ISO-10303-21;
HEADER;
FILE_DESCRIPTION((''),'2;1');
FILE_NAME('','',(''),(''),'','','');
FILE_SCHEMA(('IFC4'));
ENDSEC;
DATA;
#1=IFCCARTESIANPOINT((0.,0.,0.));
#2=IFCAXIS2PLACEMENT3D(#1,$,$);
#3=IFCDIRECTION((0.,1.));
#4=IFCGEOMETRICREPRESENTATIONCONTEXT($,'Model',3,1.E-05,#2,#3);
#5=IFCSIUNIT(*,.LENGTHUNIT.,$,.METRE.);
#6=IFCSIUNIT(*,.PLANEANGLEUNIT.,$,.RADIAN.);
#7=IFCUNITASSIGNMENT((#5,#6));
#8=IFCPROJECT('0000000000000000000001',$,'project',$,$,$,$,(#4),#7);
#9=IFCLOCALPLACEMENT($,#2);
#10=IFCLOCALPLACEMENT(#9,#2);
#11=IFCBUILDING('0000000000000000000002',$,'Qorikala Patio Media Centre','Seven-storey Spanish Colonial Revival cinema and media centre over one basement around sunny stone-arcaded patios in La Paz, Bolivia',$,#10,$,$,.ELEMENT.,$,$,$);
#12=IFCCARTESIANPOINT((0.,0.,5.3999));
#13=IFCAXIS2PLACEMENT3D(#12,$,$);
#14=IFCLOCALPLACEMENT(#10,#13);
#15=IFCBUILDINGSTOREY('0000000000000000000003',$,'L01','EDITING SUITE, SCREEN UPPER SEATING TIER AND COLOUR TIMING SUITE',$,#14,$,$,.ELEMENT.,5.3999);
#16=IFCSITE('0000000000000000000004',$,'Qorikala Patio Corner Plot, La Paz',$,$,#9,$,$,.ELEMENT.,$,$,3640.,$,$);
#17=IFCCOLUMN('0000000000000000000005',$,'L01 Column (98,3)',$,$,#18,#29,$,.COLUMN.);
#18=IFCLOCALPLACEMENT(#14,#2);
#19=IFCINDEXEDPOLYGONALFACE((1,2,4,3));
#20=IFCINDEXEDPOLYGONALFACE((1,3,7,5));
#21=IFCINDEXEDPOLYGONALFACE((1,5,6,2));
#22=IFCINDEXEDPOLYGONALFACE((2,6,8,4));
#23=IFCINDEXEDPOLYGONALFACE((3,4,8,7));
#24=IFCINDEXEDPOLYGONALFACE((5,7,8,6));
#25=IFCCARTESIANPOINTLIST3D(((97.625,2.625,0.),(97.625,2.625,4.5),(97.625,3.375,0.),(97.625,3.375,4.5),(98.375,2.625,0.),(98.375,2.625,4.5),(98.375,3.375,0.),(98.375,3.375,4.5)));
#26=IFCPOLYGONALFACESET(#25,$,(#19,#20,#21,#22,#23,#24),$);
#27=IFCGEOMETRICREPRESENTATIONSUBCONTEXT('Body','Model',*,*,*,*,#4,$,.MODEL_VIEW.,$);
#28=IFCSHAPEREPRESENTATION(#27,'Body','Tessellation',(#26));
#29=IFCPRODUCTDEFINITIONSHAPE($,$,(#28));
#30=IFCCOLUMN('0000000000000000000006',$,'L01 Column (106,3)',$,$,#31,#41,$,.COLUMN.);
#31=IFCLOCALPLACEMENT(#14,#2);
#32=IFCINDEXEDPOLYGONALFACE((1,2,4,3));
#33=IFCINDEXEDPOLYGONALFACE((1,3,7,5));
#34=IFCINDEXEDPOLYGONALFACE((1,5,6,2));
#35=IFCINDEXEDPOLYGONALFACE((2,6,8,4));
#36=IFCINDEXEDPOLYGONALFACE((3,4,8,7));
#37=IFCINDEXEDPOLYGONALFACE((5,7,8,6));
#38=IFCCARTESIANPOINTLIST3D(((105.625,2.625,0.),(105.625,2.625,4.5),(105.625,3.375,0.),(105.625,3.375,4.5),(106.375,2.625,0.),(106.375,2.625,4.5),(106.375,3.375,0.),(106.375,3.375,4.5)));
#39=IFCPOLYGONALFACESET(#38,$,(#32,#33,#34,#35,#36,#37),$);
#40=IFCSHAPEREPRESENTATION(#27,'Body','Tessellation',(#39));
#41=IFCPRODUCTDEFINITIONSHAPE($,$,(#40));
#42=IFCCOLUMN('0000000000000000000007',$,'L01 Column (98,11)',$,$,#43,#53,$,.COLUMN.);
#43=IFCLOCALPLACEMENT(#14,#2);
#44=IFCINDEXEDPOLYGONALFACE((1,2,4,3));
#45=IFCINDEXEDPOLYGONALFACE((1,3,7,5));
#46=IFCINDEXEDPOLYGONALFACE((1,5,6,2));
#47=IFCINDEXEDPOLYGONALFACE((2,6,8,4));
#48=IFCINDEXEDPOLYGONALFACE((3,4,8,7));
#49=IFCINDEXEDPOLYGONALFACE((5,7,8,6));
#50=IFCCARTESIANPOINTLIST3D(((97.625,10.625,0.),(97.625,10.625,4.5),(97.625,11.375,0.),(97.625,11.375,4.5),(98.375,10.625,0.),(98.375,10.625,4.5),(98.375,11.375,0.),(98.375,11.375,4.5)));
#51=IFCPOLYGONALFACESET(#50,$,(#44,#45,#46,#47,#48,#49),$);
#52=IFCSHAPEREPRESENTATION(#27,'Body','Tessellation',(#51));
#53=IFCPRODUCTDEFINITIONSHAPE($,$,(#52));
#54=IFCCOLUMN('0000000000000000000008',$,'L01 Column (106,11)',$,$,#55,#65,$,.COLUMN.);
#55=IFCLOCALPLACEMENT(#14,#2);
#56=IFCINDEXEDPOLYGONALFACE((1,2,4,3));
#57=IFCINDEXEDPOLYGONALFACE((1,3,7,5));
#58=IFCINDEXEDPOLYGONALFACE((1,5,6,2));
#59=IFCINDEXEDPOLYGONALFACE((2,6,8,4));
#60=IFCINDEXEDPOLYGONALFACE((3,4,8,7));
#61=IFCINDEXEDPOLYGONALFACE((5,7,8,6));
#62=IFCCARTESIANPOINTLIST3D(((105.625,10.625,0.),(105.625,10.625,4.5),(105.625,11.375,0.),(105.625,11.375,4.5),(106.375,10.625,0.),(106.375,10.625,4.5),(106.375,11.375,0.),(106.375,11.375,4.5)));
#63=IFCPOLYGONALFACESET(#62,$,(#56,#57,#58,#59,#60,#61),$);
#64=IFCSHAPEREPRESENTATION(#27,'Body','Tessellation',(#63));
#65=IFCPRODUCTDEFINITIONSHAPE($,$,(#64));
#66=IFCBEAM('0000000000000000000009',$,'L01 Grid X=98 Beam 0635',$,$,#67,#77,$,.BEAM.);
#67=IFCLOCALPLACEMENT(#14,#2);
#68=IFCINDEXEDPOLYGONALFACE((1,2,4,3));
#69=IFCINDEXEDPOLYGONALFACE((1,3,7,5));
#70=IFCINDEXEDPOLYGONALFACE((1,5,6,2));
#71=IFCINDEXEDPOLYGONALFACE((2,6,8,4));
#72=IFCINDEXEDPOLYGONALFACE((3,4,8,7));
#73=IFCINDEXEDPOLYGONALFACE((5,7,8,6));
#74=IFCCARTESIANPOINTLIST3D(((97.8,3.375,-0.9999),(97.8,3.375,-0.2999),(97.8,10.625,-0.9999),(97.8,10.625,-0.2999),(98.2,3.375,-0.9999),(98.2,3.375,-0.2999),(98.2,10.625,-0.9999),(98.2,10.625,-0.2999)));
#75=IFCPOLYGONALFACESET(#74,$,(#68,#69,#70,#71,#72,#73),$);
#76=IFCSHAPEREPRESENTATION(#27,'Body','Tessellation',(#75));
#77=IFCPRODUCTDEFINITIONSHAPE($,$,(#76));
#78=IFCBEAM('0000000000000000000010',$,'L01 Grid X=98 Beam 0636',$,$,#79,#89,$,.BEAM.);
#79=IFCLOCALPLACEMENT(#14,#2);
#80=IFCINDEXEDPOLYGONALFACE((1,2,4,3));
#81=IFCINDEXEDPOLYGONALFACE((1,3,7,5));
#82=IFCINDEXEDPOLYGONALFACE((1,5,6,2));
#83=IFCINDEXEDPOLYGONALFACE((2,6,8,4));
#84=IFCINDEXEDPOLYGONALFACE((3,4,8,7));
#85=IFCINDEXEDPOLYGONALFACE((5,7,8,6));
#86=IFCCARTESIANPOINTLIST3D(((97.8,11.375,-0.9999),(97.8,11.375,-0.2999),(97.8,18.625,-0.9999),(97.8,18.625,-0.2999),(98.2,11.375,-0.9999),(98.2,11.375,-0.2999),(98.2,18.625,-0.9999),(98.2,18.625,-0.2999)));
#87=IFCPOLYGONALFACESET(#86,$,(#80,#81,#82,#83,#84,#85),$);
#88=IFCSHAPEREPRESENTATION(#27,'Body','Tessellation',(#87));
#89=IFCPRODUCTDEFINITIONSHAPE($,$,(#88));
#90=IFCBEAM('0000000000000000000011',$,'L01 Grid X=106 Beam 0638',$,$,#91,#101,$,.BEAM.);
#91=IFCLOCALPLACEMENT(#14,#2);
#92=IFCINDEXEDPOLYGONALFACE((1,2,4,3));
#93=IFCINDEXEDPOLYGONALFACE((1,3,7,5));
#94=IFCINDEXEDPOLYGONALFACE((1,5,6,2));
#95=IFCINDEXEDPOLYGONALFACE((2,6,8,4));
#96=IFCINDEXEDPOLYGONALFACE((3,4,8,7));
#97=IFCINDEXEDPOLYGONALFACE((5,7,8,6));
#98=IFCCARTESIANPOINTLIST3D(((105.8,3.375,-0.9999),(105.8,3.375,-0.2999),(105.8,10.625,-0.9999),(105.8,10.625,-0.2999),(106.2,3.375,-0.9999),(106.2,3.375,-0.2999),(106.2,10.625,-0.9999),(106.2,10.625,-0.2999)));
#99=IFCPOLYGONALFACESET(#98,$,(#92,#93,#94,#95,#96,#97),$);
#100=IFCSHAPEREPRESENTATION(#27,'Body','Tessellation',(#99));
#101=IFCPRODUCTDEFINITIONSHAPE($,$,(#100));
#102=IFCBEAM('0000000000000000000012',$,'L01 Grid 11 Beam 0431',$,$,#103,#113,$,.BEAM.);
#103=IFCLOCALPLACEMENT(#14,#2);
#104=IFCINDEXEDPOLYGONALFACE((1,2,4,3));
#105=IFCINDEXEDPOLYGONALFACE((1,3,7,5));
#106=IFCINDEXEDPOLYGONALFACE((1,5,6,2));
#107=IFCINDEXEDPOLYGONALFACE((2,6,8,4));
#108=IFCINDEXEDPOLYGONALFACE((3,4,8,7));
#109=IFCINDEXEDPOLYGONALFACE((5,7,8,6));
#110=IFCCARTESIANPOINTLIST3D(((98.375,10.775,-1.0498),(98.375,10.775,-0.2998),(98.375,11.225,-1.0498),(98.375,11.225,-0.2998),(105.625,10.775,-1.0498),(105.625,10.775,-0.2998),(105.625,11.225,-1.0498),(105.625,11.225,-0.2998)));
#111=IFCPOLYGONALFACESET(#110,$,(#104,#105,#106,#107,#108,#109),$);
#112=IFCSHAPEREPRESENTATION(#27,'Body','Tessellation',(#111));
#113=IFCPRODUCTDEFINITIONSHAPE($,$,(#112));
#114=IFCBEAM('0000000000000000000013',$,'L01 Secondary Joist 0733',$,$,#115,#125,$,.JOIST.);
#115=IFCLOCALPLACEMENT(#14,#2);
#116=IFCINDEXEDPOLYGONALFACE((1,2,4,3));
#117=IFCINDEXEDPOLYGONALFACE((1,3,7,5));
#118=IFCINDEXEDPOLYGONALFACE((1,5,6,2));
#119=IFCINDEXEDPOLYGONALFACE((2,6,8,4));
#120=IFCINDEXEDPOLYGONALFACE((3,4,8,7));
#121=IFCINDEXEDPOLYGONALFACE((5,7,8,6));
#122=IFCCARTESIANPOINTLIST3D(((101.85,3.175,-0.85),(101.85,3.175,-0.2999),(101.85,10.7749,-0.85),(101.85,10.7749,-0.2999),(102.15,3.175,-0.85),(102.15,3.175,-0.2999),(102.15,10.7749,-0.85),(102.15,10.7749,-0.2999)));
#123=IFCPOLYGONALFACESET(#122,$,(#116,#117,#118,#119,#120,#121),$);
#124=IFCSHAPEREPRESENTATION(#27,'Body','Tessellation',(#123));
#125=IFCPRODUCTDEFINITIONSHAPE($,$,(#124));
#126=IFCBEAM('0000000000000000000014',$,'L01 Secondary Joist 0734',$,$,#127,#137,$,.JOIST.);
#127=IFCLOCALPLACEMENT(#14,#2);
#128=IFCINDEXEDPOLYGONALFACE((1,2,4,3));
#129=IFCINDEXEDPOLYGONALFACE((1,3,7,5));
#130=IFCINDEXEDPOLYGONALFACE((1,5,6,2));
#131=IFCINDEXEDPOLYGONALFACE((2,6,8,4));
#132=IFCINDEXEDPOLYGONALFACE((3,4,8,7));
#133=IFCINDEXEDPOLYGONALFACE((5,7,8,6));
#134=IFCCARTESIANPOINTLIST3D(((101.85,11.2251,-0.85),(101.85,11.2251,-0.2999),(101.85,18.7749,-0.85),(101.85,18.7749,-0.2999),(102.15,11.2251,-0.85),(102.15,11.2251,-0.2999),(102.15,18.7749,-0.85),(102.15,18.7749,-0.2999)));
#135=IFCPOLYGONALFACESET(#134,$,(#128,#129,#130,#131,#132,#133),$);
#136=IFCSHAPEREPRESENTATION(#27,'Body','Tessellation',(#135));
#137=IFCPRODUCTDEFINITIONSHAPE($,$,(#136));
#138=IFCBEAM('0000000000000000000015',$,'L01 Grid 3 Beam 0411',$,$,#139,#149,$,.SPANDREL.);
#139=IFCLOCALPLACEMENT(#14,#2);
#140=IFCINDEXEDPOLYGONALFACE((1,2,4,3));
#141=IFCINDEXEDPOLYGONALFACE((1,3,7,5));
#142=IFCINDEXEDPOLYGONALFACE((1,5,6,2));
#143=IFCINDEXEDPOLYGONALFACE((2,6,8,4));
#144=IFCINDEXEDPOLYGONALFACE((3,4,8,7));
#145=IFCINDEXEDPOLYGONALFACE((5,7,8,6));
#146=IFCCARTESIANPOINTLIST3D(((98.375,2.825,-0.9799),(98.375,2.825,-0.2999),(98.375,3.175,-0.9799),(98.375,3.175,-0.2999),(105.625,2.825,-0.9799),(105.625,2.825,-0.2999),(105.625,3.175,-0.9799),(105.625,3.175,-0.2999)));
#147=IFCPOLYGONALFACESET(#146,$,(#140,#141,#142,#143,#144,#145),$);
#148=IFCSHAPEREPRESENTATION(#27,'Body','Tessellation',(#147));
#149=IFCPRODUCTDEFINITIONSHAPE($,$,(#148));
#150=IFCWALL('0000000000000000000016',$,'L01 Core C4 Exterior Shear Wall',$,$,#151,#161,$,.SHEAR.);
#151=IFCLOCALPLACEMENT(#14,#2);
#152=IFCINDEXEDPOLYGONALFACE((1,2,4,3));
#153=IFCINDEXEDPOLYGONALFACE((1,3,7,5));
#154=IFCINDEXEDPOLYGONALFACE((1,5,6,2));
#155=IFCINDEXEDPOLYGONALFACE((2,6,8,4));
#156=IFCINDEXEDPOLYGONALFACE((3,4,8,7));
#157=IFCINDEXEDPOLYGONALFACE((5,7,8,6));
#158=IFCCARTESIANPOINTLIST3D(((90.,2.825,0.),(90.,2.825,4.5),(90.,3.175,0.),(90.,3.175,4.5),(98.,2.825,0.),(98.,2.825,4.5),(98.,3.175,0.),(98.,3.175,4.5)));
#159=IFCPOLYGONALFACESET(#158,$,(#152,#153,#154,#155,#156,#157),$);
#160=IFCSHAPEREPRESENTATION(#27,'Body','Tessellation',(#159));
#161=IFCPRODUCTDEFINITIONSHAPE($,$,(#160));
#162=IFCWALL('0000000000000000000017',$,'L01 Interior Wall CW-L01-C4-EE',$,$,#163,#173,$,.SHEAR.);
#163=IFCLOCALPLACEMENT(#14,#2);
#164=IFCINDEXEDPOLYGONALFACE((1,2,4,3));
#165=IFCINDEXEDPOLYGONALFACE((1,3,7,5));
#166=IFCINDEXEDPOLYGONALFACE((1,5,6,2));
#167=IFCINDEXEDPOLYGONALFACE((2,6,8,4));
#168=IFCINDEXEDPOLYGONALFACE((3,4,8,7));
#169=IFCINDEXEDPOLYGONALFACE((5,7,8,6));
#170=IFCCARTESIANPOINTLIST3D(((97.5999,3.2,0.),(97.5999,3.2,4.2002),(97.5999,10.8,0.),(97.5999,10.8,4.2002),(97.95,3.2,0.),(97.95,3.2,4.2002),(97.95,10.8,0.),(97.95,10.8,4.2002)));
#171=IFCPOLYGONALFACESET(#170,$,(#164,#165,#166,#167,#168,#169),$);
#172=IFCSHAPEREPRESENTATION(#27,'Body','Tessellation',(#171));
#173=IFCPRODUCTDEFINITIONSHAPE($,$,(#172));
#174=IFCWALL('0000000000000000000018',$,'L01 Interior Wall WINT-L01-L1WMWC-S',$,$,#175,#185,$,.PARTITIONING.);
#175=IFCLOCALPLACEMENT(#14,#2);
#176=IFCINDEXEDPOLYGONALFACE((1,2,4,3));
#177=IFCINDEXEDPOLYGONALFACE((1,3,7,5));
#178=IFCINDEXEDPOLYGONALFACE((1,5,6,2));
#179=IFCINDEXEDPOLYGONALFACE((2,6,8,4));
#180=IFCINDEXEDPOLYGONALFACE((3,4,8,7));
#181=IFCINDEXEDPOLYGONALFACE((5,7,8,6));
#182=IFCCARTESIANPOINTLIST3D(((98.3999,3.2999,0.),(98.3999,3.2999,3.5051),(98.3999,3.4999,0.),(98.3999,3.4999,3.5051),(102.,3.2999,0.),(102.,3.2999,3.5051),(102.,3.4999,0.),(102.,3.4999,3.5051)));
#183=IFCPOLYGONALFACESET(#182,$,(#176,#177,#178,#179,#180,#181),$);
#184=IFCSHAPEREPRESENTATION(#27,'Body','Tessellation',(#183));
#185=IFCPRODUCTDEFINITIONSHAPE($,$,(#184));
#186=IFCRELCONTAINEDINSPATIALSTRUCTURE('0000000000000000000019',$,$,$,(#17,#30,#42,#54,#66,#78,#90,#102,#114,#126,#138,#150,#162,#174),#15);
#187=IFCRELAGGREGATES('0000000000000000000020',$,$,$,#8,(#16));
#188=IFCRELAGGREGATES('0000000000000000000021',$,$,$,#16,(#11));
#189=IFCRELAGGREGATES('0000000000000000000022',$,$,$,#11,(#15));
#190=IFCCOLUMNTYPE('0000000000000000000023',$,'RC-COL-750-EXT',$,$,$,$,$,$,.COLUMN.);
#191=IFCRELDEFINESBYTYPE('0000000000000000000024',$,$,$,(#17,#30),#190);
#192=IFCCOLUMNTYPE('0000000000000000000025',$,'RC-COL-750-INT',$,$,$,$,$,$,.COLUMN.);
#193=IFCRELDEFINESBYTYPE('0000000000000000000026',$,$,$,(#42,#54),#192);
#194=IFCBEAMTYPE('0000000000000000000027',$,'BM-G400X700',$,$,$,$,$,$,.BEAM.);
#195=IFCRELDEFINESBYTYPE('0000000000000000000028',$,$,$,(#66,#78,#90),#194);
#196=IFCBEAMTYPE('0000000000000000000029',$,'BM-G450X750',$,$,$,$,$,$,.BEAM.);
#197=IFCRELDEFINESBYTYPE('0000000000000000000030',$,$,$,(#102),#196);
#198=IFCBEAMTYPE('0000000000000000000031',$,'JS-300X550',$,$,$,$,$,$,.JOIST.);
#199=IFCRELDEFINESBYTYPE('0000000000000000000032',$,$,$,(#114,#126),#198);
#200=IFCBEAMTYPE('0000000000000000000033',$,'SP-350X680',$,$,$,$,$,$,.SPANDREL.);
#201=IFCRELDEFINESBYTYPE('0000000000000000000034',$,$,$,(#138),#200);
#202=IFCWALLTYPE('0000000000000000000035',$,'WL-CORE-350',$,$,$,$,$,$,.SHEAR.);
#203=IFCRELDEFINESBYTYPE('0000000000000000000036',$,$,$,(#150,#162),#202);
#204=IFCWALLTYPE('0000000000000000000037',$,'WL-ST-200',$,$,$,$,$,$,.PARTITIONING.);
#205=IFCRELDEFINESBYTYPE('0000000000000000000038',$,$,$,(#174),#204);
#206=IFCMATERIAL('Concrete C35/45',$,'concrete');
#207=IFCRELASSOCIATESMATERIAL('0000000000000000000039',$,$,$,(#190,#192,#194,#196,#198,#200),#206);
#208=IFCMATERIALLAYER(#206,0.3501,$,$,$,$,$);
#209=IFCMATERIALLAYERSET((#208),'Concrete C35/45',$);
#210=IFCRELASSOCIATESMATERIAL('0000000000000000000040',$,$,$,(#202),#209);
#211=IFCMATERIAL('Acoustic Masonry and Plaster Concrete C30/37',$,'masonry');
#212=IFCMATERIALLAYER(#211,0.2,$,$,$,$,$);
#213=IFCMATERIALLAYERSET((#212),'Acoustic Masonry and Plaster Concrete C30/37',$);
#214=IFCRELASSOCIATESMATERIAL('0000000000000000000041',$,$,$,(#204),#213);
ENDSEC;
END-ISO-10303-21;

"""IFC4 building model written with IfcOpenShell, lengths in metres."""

from ifc_helpers import new_model, si_unit, direction, frame, frame_2d, origin, origin_2d, place, context, subcontext, project, spatial, rectangle, extrude, material, layer, layer_set, material_profile, profile_set, type_object, element, save


model = new_model("IFC4")

# Units and contexts
model_context = context("Model", 3, precision=1e-05, world=origin(), true_north=direction((0.0, 1.0)))
body_context = subcontext(model_context, "Body", "Model", "MODEL_VIEW")
ifc_project = project(units=[si_unit("LENGTHUNIT", "METRE"), si_unit("PLANEANGLEUNIT", "RADIAN")], contexts=[model_context])

# Site, building, storey
site_placement = place(None, origin())
site = spatial("IfcSite", under=ifc_project, at=site_placement, Name="Qorikala Patio Corner Plot, La Paz", CompositionType="ELEMENT", RefElevation=3640.0)
building_placement = place(site_placement, origin())
building = spatial("IfcBuilding", under=site, at=building_placement, Name="Qorikala Patio Media Centre", Description="Seven-storey Spanish Colonial Revival cinema and media centre over one basement around sunny stone-arcaded patios in La Paz, Bolivia", CompositionType="ELEMENT")
storey_placement = place(building_placement, frame((0.0, 0.0, 5.3999)))
storey = spatial("IfcBuildingStorey", under=building, at=storey_placement, Name="L01", Description="EDITING SUITE, SCREEN UPPER SEATING TIER AND COLOUR TIMING SUITE", CompositionType="ELEMENT", Elevation=5.3999)

# Columns
ifc_material_1 = material(Name="Concrete C35/45", Category="concrete")
ifc_material_profile_1 = material_profile(ifc_material_1, rectangle(XDim=0.75, YDim=0.75, at=origin_2d()), Name="RC 750x750")
ifc_profile_set_1 = profile_set([ifc_material_profile_1], Name="Concrete C35/45")
column_type_1 = type_object("IfcColumnType", Name="RC-COL-750-EXT", PredefinedType="COLUMN", material=ifc_profile_set_1)
for number, where, z_axis, x_axis, name in (
    (1, (98.0, 3.0, 0.0), (0.0, 0.0, 1.0), (1.0, 0.0, 0.0), "L01 Column (98,3)"),
    (2, (106.0, 3.0, 0.0), (0.0, 0.0, 1.0), (1.0, 0.0, 0.0), "L01 Column (106,3)"),
):
    element("IfcColumn", number, at=place(storey_placement, frame(where, z_axis=z_axis, x_axis=x_axis)), inside=storey, type_object=column_type_1, Name=name, PredefinedType="COLUMN", context=body_context, shape_type="SweptSolid", body=[
        extrude(rectangle(XDim=0.75, YDim=0.75, at=origin_2d()), origin(), (0.0, 0.0, 1.0), 4.5),
    ])
ifc_material_profile_2 = material_profile(ifc_material_1, rectangle(XDim=0.75, YDim=0.75, at=origin_2d()), Name="RC 750x750")
ifc_profile_set_2 = profile_set([ifc_material_profile_2], Name="Concrete C35/45")
column_type_2 = type_object("IfcColumnType", Name="RC-COL-750-INT", PredefinedType="COLUMN", material=ifc_profile_set_2)
for number, where, z_axis, x_axis, name in (
    (3, (98.0, 11.0, 0.0), (0.0, 0.0, 1.0), (1.0, 0.0, 0.0), "L01 Column (98,11)"),
    (4, (106.0, 11.0, 0.0), (0.0, 0.0, 1.0), (1.0, 0.0, 0.0), "L01 Column (106,11)"),
):
    element("IfcColumn", number, at=place(storey_placement, frame(where, z_axis=z_axis, x_axis=x_axis)), inside=storey, type_object=column_type_2, Name=name, PredefinedType="COLUMN", context=body_context, shape_type="SweptSolid", body=[
        extrude(rectangle(XDim=0.75, YDim=0.75, at=origin_2d()), origin(), (0.0, 0.0, 1.0), 4.5),
    ])

# Beams
ifc_material_profile_3 = material_profile(ifc_material_1, rectangle(XDim=0.3999, YDim=0.7, at=origin_2d()), Name="RC 400x700")
ifc_profile_set_3 = profile_set([ifc_material_profile_3], Name="Concrete C35/45")
beam_type_1 = type_object("IfcBeamType", Name="BM-G400X700", PredefinedType="BEAM", material=ifc_profile_set_3)
for number, where, z_axis, x_axis, name in (
    (5, (98.0, 3.375, -0.6499), (0.0, 1.0, 0.0), (-1.0, 0.0, 0.0), "L01 Grid X=98 Beam 0635"),
    (6, (98.0, 11.375, -0.6499), (0.0, 1.0, 0.0), (-1.0, 0.0, 0.0), "L01 Grid X=98 Beam 0636"),
    (7, (106.0, 3.375, -0.6499), (0.0, 1.0, 0.0), (-1.0, 0.0, 0.0), "L01 Grid X=106 Beam 0638"),
):
    element("IfcBeam", number, at=place(storey_placement, frame(where, z_axis=z_axis, x_axis=x_axis)), inside=storey, type_object=beam_type_1, Name=name, PredefinedType="BEAM", context=body_context, shape_type="SweptSolid", body=[
        extrude(rectangle(XDim=0.3999, YDim=0.7, at=origin_2d()), origin(), (0.0, 0.0, 1.0), 7.25),
    ])
ifc_material_profile_4 = material_profile(ifc_material_1, rectangle(XDim=0.45, YDim=0.75, at=origin_2d()), Name="RC 450x750")
ifc_profile_set_4 = profile_set([ifc_material_profile_4], Name="Concrete C35/45")
beam_type_2 = type_object("IfcBeamType", Name="BM-G450X750", PredefinedType="BEAM", material=ifc_profile_set_4)
beam_1_placement = place(storey_placement, frame((98.375, 11.0, -0.6748), z_axis=(1.0, 0.0, 0.0), x_axis=(0.0, 1.0, 0.0)))
element("IfcBeam", 8, at=beam_1_placement, inside=storey, type_object=beam_type_2, Name="L01 Grid 11 Beam 0431", PredefinedType="BEAM", context=body_context, shape_type="SweptSolid", body=[
    extrude(rectangle(XDim=0.45, YDim=0.75, at=origin_2d()), origin(), (0.0, 0.0, 1.0), 7.25),
])
ifc_material_profile_5 = material_profile(ifc_material_1, rectangle(XDim=0.3, YDim=0.55, at=origin_2d()), Name="RC 300x550")
ifc_profile_set_5 = profile_set([ifc_material_profile_5], Name="Concrete C35/45")
beam_type_3 = type_object("IfcBeamType", Name="JS-300X550", PredefinedType="JOIST", material=ifc_profile_set_5)
beam_2_placement = place(storey_placement, frame((102.0, 3.175, -0.575), z_axis=(0.0, 1.0, 0.0), x_axis=(-1.0, 0.0, 0.0)))
element("IfcBeam", 9, at=beam_2_placement, inside=storey, type_object=beam_type_3, Name="L01 Secondary Joist 0733", PredefinedType="JOIST", context=body_context, shape_type="SweptSolid", body=[
    extrude(rectangle(XDim=0.3, YDim=0.55, at=origin_2d()), origin(), (0.0, 0.0, 1.0), 7.5999),
])
beam_3_placement = place(storey_placement, frame((102.0, 11.2251, -0.575), z_axis=(0.0, 1.0, 0.0), x_axis=(-1.0, 0.0, 0.0)))
element("IfcBeam", 10, at=beam_3_placement, inside=storey, type_object=beam_type_3, Name="L01 Secondary Joist 0734", PredefinedType="JOIST", context=body_context, shape_type="SweptSolid", body=[
    extrude(rectangle(XDim=0.3, YDim=0.55, at=origin_2d()), origin(), (0.0, 0.0, 1.0), 7.5498),
])
ifc_material_profile_6 = material_profile(ifc_material_1, rectangle(XDim=0.3501, YDim=0.6799, at=origin_2d()), Name="RC 350x680")
ifc_profile_set_6 = profile_set([ifc_material_profile_6], Name="Concrete C35/45")
beam_type_4 = type_object("IfcBeamType", Name="SP-350X680", PredefinedType="SPANDREL", material=ifc_profile_set_6)
beam_4_placement = place(storey_placement, frame((98.375, 3.0, -0.6399), z_axis=(1.0, 0.0, 0.0), x_axis=(0.0, 1.0, 0.0)))
element("IfcBeam", 11, at=beam_4_placement, inside=storey, type_object=beam_type_4, Name="L01 Grid 3 Beam 0411", PredefinedType="SPANDREL", context=body_context, shape_type="SweptSolid", body=[
    extrude(rectangle(XDim=0.3501, YDim=0.6799, at=origin_2d()), origin(), (0.0, 0.0, 1.0), 7.25),
])

# Walls
ifc_layer_1 = layer(ifc_material_1, 0.3501)
ifc_layer_set_1 = layer_set([ifc_layer_1], Name="Concrete C35/45")
wall_type_1 = type_object("IfcWallType", Name="WL-CORE-350", PredefinedType="SHEAR", material=ifc_layer_set_1)
wall_1_placement = place(storey_placement, frame((98.0, 3.0, 0.0), z_axis=(0.0, 0.0, 1.0), x_axis=(-1.0, 0.0, 0.0)))
element("IfcWall", 12, at=wall_1_placement, inside=storey, type_object=wall_type_1, Name="L01 Core C4 Exterior Shear Wall", PredefinedType="SHEAR", context=body_context, shape_type="SweptSolid", body=[
    extrude(rectangle(XDim=8.0, YDim=0.3501, at=frame_2d((4.0, 0.0))), origin(), (0.0, 0.0, 1.0), 4.5),
])
wall_2_placement = place(storey_placement, frame((97.7749, 3.2, 0.0), z_axis=(0.0, 0.0, 1.0), x_axis=(0.0, 1.0, 0.0)))
element("IfcWall", 13, at=wall_2_placement, inside=storey, type_object=wall_type_1, Name="L01 Interior Wall CW-L01-C4-EE", PredefinedType="SHEAR", context=body_context, shape_type="SweptSolid", body=[
    extrude(rectangle(XDim=7.6001, YDim=0.3501, at=frame_2d((3.8, 0.0))), origin(), (0.0, 0.0, 1.0), 4.2002),
])
ifc_material_2 = material(Name="Acoustic Masonry and Plaster Concrete C30/37", Category="masonry")
ifc_layer_2 = layer(ifc_material_2, 0.2)
ifc_layer_set_2 = layer_set([ifc_layer_2], Name="Acoustic Masonry and Plaster Concrete C30/37")
wall_type_2 = type_object("IfcWallType", Name="WL-ST-200", PredefinedType="PARTITIONING", material=ifc_layer_set_2)
wall_3_placement = place(storey_placement, frame((98.3999, 3.3999, 0.0), z_axis=(0.0, 0.0, 1.0), x_axis=(1.0, 0.0, 0.0)))
element("IfcWall", 14, at=wall_3_placement, inside=storey, type_object=wall_type_2, Name="L01 Interior Wall WINT-L01-L1WMWC-S", PredefinedType="PARTITIONING", context=body_context, shape_type="SweptSolid", body=[
    extrude(rectangle(XDim=3.6001, YDim=0.2, at=frame_2d((1.8, 0.0))), origin(), (0.0, 0.0, 1.0), 3.5051),
])

save(model, "model.ifc")
